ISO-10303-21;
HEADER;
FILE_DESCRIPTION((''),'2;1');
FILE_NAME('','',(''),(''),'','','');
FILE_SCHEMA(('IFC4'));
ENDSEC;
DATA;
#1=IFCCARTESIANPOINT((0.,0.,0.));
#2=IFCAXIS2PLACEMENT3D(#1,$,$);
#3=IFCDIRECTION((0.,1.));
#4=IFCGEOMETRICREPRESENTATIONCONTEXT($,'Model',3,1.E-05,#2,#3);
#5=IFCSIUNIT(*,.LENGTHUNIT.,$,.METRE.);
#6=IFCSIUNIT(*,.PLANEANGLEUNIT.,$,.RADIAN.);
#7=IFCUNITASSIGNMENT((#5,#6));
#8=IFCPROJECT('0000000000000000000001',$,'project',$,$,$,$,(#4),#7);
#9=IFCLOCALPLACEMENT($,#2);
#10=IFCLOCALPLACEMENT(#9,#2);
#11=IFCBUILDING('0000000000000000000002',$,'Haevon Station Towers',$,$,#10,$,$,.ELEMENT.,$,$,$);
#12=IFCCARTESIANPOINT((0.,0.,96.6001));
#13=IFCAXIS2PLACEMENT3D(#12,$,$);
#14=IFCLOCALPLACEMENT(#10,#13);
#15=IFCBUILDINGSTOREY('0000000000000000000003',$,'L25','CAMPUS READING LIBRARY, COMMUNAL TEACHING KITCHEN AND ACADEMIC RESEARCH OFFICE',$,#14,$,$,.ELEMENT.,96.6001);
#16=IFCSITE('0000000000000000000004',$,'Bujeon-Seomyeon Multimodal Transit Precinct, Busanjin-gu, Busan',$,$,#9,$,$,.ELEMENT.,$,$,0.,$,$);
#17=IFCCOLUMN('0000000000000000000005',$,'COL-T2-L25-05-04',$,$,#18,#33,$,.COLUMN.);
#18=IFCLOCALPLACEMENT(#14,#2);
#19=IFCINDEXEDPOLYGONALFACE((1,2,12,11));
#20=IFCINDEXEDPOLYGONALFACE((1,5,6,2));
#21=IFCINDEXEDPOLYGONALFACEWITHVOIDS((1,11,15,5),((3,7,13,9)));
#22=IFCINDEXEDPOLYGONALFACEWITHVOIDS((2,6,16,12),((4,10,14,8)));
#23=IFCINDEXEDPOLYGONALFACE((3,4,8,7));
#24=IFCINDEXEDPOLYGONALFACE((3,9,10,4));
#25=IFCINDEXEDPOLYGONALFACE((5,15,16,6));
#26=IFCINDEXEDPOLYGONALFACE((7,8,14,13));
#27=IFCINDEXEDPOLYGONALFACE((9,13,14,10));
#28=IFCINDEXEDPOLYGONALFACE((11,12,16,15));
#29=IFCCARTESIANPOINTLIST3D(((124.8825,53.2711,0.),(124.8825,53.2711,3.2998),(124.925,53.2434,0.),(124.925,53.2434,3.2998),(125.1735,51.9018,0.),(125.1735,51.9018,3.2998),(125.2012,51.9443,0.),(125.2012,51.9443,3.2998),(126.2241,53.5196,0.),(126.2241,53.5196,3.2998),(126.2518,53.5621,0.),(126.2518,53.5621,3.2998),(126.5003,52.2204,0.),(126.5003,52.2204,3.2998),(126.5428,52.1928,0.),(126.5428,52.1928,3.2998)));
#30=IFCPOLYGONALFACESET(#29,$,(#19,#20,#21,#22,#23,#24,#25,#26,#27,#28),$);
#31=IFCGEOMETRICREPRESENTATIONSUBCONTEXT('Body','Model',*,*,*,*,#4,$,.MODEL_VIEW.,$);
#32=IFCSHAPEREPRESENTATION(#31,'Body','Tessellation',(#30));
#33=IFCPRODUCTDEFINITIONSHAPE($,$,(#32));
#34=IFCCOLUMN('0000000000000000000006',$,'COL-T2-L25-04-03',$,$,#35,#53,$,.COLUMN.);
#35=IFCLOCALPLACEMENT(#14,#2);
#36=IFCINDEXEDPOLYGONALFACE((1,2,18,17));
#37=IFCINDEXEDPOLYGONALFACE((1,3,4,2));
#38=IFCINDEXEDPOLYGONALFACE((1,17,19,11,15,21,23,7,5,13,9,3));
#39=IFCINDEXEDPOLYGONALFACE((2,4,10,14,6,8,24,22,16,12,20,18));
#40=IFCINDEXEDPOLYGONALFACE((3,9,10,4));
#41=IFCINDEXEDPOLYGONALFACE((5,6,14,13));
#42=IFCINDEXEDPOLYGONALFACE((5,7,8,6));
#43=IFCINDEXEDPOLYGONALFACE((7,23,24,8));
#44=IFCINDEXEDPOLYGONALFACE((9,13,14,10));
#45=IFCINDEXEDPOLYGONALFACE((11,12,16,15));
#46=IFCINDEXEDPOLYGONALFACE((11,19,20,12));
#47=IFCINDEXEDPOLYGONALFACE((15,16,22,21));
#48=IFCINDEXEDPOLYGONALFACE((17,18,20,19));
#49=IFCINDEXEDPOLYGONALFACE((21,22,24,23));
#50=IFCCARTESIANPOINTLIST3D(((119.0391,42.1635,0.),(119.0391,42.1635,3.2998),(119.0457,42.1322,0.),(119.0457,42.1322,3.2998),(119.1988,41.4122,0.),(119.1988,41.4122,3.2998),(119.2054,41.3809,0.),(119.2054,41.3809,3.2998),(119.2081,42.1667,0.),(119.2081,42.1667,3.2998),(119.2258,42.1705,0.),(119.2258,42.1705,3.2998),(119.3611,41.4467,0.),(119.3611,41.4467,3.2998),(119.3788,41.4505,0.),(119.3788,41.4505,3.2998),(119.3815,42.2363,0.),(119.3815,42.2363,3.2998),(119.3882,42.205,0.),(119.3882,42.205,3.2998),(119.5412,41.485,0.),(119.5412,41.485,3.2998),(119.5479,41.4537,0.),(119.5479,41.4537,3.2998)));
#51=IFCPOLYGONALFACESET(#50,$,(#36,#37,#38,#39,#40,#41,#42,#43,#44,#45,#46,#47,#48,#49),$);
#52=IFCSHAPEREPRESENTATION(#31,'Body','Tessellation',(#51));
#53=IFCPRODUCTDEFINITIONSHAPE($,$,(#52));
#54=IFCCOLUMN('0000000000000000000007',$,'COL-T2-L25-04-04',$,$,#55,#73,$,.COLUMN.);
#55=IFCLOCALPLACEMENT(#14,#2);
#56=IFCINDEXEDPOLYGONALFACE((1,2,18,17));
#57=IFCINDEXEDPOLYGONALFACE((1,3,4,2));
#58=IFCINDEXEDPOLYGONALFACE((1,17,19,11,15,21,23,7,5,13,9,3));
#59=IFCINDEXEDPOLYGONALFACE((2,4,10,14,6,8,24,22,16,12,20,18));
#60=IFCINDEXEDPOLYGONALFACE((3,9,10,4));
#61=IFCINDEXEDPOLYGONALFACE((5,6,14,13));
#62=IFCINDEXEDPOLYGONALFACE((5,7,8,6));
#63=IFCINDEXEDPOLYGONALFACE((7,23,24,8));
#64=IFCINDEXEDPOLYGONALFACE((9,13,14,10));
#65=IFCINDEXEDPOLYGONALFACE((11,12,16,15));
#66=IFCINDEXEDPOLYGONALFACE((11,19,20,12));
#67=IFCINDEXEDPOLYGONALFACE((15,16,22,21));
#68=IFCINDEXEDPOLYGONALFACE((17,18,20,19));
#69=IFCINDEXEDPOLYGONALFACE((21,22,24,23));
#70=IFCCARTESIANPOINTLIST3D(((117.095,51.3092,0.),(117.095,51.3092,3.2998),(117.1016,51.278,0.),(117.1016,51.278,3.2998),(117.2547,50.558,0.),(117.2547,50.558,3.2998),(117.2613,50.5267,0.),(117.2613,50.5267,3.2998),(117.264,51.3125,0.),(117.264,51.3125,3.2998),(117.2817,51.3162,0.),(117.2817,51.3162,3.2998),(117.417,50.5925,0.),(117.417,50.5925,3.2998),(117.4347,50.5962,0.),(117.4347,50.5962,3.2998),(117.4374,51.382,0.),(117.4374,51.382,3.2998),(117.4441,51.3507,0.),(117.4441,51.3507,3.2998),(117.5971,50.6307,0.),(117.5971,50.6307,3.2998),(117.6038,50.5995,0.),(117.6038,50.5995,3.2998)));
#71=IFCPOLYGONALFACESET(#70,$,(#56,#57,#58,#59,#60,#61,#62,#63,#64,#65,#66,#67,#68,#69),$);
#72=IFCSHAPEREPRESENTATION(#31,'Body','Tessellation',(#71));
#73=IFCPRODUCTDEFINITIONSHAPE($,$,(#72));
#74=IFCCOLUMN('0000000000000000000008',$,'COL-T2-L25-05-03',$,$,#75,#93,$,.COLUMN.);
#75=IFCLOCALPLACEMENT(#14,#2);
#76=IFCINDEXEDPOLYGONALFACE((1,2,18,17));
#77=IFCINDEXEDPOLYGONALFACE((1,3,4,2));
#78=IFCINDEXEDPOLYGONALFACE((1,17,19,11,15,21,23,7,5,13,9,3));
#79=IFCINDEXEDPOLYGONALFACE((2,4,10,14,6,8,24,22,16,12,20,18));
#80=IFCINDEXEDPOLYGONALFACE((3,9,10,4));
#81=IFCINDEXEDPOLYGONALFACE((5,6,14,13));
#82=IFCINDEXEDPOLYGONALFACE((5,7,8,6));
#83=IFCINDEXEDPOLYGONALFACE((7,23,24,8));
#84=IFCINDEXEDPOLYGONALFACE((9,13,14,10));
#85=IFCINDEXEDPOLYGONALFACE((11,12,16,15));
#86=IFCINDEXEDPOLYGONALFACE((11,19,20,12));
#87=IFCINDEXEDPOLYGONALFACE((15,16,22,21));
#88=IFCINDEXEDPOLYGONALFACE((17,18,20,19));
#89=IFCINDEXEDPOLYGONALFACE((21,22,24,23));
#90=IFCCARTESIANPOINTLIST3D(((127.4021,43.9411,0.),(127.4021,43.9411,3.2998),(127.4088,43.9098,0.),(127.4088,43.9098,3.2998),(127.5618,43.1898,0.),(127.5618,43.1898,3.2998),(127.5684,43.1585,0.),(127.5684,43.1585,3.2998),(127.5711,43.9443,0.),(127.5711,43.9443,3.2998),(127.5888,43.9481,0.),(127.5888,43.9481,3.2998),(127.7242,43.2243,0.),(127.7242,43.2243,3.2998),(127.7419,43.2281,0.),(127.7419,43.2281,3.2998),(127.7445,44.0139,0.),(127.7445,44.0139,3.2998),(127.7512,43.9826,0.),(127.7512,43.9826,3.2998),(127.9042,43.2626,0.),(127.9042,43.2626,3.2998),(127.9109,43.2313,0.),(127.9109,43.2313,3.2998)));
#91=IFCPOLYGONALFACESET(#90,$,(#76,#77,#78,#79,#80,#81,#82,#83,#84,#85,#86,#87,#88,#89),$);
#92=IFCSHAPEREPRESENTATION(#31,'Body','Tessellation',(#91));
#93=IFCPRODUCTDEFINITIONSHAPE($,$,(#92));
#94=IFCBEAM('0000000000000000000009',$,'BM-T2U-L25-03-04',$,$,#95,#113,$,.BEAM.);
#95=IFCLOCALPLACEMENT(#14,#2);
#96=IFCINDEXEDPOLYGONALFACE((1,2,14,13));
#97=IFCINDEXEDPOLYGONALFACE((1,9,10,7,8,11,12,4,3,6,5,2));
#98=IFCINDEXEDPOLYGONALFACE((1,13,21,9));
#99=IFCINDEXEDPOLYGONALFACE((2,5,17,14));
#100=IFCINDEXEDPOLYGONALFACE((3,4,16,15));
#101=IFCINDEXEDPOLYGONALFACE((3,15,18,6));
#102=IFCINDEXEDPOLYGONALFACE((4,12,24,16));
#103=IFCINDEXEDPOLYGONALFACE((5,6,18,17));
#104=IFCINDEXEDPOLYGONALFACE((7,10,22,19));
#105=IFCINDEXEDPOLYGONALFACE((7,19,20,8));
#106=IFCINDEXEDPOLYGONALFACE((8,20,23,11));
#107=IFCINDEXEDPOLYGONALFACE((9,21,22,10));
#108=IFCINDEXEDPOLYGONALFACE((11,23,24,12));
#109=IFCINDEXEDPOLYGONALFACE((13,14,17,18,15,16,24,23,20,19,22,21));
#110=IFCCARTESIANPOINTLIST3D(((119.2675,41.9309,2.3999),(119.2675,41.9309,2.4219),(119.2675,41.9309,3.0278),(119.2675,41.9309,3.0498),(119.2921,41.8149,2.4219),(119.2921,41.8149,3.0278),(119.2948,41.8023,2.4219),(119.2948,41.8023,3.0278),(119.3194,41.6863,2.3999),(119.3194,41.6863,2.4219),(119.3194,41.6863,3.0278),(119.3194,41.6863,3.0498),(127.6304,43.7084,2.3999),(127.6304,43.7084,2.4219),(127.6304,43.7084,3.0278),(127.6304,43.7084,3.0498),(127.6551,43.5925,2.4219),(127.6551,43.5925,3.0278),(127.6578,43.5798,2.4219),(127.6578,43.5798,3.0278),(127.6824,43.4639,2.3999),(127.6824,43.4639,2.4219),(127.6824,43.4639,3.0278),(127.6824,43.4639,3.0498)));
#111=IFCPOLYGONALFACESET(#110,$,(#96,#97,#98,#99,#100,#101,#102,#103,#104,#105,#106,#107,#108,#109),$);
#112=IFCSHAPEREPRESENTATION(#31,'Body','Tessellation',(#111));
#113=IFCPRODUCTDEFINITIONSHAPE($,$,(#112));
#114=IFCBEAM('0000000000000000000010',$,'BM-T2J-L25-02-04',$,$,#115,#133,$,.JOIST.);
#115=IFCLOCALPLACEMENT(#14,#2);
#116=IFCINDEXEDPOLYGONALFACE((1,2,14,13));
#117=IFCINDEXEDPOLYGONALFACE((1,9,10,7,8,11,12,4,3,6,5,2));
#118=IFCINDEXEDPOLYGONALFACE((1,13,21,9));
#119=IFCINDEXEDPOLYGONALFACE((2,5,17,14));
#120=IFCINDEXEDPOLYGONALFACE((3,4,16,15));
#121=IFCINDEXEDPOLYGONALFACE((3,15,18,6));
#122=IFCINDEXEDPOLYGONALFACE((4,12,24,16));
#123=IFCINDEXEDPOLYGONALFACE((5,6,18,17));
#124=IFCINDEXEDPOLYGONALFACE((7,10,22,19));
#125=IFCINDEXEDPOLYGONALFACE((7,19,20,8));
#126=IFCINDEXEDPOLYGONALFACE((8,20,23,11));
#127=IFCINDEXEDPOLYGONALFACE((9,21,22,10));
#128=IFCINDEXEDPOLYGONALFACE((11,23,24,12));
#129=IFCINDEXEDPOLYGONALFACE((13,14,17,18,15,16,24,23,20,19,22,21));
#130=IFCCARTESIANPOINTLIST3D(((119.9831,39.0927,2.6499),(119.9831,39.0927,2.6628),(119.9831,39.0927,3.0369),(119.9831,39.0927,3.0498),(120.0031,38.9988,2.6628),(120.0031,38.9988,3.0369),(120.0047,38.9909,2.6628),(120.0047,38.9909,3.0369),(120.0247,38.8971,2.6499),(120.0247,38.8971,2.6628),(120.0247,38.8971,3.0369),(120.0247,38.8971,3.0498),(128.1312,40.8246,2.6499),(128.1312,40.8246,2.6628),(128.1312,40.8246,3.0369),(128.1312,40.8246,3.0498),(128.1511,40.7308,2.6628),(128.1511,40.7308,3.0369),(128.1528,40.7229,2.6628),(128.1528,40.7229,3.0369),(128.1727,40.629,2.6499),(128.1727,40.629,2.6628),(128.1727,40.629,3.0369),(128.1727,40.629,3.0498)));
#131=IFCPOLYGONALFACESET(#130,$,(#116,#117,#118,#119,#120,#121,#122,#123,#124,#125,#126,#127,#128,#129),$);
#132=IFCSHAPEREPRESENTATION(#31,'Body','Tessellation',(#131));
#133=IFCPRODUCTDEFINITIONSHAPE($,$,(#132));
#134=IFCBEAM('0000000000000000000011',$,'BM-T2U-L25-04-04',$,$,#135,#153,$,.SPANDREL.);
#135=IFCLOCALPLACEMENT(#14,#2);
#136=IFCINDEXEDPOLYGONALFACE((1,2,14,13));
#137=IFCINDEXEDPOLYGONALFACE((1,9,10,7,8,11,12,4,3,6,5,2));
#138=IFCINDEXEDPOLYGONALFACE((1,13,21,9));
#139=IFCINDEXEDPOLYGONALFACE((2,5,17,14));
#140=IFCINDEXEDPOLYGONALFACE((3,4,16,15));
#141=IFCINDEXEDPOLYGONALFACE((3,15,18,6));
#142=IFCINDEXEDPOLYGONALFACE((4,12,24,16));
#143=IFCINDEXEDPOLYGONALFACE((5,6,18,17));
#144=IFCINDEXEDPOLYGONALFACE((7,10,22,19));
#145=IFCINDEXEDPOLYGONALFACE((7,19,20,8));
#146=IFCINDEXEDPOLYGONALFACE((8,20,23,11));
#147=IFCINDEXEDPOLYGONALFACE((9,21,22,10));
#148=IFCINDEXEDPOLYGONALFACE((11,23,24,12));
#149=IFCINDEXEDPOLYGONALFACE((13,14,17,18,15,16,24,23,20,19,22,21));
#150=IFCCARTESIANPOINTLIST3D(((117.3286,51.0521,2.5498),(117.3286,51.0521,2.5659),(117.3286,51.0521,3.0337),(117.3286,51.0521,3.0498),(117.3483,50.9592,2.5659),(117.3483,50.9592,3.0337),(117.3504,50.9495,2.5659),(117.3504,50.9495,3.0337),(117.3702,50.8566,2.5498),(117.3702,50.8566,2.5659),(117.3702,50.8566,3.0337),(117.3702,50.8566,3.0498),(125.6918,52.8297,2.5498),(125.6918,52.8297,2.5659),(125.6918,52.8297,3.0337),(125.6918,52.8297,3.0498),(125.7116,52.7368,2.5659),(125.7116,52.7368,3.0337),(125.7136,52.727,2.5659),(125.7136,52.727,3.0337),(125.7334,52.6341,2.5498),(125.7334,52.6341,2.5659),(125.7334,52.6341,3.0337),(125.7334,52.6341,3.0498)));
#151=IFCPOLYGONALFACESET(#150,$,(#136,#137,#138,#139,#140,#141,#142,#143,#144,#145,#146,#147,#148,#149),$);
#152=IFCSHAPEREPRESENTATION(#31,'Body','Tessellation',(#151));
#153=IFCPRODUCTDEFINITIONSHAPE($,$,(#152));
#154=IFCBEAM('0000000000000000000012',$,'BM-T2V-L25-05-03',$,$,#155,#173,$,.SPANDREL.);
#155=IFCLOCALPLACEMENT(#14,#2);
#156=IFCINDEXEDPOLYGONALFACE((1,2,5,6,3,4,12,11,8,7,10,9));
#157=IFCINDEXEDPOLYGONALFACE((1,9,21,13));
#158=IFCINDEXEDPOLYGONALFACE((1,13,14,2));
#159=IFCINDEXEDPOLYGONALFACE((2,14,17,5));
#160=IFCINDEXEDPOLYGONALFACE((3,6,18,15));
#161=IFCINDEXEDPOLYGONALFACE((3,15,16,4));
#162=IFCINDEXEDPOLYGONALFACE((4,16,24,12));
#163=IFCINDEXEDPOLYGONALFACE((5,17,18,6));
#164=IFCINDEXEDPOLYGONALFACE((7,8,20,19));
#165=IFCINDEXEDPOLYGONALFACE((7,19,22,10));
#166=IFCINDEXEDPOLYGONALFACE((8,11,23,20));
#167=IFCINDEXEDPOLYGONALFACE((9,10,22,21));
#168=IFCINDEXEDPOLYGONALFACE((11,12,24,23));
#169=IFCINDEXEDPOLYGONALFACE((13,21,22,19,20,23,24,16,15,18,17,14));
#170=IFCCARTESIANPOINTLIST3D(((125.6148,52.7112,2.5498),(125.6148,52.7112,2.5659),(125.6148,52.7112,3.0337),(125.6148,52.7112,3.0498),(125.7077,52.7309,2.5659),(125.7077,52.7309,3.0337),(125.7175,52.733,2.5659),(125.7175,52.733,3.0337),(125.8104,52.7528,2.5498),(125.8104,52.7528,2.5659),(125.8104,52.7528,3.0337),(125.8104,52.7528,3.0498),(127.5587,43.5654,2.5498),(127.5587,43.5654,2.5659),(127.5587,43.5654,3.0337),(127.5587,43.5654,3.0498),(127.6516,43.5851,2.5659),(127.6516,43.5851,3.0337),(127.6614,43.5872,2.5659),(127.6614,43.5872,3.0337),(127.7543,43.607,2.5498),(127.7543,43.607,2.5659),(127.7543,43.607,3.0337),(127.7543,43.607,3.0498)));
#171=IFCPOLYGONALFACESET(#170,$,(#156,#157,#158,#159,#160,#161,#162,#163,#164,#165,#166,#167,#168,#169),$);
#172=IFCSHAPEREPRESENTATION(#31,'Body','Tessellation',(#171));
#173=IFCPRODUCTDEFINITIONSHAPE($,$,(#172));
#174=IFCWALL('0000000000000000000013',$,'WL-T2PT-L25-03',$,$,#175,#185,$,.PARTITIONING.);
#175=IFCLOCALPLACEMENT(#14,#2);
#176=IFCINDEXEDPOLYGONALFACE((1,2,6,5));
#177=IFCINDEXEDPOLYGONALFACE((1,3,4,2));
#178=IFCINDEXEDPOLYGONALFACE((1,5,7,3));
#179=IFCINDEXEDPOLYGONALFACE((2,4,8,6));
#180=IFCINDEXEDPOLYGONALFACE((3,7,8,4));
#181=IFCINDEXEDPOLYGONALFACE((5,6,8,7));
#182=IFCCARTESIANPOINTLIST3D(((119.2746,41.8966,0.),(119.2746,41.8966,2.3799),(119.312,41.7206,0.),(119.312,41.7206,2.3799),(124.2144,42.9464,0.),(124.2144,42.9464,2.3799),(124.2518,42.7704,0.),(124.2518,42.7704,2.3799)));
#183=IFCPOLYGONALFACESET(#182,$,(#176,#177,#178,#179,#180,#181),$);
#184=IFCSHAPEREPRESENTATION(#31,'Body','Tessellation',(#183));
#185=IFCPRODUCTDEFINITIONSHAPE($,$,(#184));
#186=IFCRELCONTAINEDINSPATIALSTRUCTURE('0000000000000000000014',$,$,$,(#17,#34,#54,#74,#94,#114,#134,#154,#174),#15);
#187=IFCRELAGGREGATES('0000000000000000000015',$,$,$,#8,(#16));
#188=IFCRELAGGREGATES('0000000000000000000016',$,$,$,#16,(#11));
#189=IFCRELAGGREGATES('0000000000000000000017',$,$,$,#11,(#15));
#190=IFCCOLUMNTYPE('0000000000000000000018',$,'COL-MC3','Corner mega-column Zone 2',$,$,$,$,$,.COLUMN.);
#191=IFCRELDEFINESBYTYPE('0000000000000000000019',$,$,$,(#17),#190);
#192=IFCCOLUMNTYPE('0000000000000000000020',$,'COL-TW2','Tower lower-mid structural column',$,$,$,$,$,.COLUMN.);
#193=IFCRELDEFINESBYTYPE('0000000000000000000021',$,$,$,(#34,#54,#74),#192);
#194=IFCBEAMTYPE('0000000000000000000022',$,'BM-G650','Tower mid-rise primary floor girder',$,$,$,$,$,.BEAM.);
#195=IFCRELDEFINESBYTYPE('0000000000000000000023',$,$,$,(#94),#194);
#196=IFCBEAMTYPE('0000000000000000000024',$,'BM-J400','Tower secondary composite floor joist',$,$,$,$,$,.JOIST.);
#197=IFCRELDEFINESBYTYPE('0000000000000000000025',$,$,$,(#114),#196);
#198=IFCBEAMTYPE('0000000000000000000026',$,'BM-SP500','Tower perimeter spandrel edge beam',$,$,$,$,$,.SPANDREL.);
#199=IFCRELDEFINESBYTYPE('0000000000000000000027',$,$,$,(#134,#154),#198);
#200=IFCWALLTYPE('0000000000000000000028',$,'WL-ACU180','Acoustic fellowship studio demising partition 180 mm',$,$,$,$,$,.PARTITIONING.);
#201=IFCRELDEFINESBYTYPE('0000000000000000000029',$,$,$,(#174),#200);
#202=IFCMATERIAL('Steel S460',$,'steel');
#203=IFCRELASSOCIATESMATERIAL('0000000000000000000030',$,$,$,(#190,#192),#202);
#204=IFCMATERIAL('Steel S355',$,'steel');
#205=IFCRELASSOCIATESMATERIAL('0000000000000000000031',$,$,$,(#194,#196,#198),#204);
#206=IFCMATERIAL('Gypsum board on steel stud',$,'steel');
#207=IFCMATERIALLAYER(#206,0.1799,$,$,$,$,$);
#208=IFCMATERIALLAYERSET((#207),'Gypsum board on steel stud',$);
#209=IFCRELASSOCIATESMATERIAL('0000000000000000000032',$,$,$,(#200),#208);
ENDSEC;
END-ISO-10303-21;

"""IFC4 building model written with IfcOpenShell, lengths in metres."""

from ifc_helpers import new_model, si_unit, direction, frame, frame_2d, origin, origin_2d, place, context, subcontext, project, spatial, rectangle, hollow_rectangle, i_section, extrude, material, layer, layer_set, material_profile, profile_set, type_object, element, save


model = new_model("IFC4")

# Units and contexts
model_context = context("Model", 3, precision=1e-05, world=origin(), true_north=direction((0.0, 1.0)))
body_context = subcontext(model_context, "Body", "Model", "MODEL_VIEW")
ifc_project = project(units=[si_unit("LENGTHUNIT", "METRE"), si_unit("PLANEANGLEUNIT", "RADIAN")], contexts=[model_context])

# Site, building, storey
site_placement = place(None, origin())
site = spatial("IfcSite", under=ifc_project, at=site_placement, Name="Bujeon-Seomyeon Multimodal Transit Precinct, Busanjin-gu, Busan", CompositionType="ELEMENT", RefElevation=0.0)
building_placement = place(site_placement, origin())
building = spatial("IfcBuilding", under=site, at=building_placement, Name="Haevon Station Towers", CompositionType="ELEMENT")
storey_placement = place(building_placement, frame((0.0, 0.0, 96.6001)))
storey = spatial("IfcBuildingStorey", under=building, at=storey_placement, Name="L25", Description="CAMPUS READING LIBRARY, COMMUNAL TEACHING KITCHEN AND ACADEMIC RESEARCH OFFICE", CompositionType="ELEMENT", Elevation=96.6001)

# Columns
ifc_material_1 = material(Name="Steel S460", Category="steel")
ifc_material_profile_1 = material_profile(ifc_material_1, hollow_rectangle(XDim=1.3999, YDim=1.3999, WallThickness=0.0359, at=origin_2d()), Name="BOX-1400x1400x36")
ifc_profile_set_1 = profile_set([ifc_material_profile_1], Name="Steel S460")
column_type_1 = type_object("IfcColumnType", Name="COL-MC3", Description="Corner mega-column Zone 2", PredefinedType="COLUMN", material=ifc_profile_set_1)
column_placement = place(storey_placement, frame((125.7126, 52.7319, 0.0), z_axis=(0.0, 0.0, 1.0), x_axis=(0.978148, 0.207912, 0.0)))
element("IfcColumn", 1, at=column_placement, inside=storey, type_object=column_type_1, Name="COL-T2-L25-05-04", PredefinedType="COLUMN", context=body_context, shape_type="SweptSolid", body=[
    extrude(hollow_rectangle(XDim=1.3999, YDim=1.3999, WallThickness=0.0359, at=origin_2d()), origin(), (0.0, 0.0, 1.0), 3.2998),
])
ifc_material_profile_2 = material_profile(ifc_material_1, i_section(OverallWidth=0.3501, OverallDepth=0.8, WebThickness=0.0181, FlangeThickness=0.032, at=origin_2d()), Name="H-800x350x18x32")
ifc_profile_set_2 = profile_set([ifc_material_profile_2], Name="Steel S460")
column_type_2 = type_object("IfcColumnType", Name="COL-TW2", Description="Tower lower-mid structural column", PredefinedType="COLUMN", material=ifc_profile_set_2)
for number, where, z_axis, x_axis, name in (
    (2, (119.2935, 41.8086, 0.0), (0.0, 0.0, 1.0), (0.978148, 0.207912, 0.0), "COL-T2-L25-04-03"),
    (3, (117.3494, 50.9543, 0.0), (0.0, 0.0, 1.0), (0.978148, 0.207912, 0.0), "COL-T2-L25-04-04"),
    (4, (127.6565, 43.5862, 0.0), (0.0, 0.0, 1.0), (0.978148, 0.207912, 0.0), "COL-T2-L25-05-03"),
):
    element("IfcColumn", number, at=place(storey_placement, frame(where, z_axis=z_axis, x_axis=x_axis)), inside=storey, type_object=column_type_2, Name=name, PredefinedType="COLUMN", context=body_context, shape_type="SweptSolid", body=[
        extrude(i_section(OverallWidth=0.3501, OverallDepth=0.8, WebThickness=0.0181, FlangeThickness=0.032, at=origin_2d()), origin(), (0.0, 0.0, 1.0), 3.2998),
    ])

# Beams
ifc_material_2 = material(Name="Steel S355", Category="steel")
ifc_material_profile_3 = material_profile(ifc_material_2, i_section(OverallWidth=0.25, OverallDepth=0.6499, WebThickness=0.0129, FlangeThickness=0.022, at=origin_2d()), Name="H-650x250x13x22")
ifc_profile_set_3 = profile_set([ifc_material_profile_3], Name="Steel S355")
beam_type_1 = type_object("IfcBeamType", Name="BM-G650", Description="Tower mid-rise primary floor girder", PredefinedType="BEAM", material=ifc_profile_set_3)
beam_1_placement = place(storey_placement, frame((119.2935, 41.8086, 2.7249), z_axis=(0.978148, 0.207908, 0.0), x_axis=(-0.207908, 0.978148, 0.0)))
element("IfcBeam", 5, at=beam_1_placement, inside=storey, type_object=beam_type_1, Name="BM-T2U-L25-03-04", PredefinedType="BEAM", context=body_context, shape_type="SweptSolid", body=[
    extrude(i_section(OverallWidth=0.25, OverallDepth=0.6499, WebThickness=0.0129, FlangeThickness=0.022, at=origin_2d()), origin(), (0.0, 0.0, 1.0), 8.5498),
])
ifc_material_profile_4 = material_profile(ifc_material_2, i_section(OverallWidth=0.2, OverallDepth=0.3999, WebThickness=0.0081, FlangeThickness=0.0129, at=origin_2d()), Name="H-400x200x8x13")
ifc_profile_set_4 = profile_set([ifc_material_profile_4], Name="Steel S355")
beam_type_2 = type_object("IfcBeamType", Name="BM-J400", Description="Tower secondary composite floor joist", PredefinedType="JOIST", material=ifc_profile_set_4)
beam_2_placement = place(storey_placement, frame((120.0039, 38.9949, 2.8499), z_axis=(0.978147, 0.207916, 0.0), x_axis=(-0.207916, 0.978147, 0.0)))
element("IfcBeam", 6, at=beam_2_placement, inside=storey, type_object=beam_type_2, Name="BM-T2J-L25-02-04", PredefinedType="JOIST", context=body_context, shape_type="SweptSolid", body=[
    extrude(i_section(OverallWidth=0.2, OverallDepth=0.3999, WebThickness=0.0081, FlangeThickness=0.0129, at=origin_2d()), origin(), (0.0, 0.0, 1.0), 8.3301),
])
ifc_material_profile_5 = material_profile(ifc_material_2, i_section(OverallWidth=0.2, OverallDepth=0.5, WebThickness=0.01, FlangeThickness=0.0161, at=origin_2d()), Name="H-500x200x10x16")
ifc_profile_set_5 = profile_set([ifc_material_profile_5], Name="Steel S355")
beam_type_3 = type_object("IfcBeamType", Name="BM-SP500", Description="Tower perimeter spandrel edge beam", PredefinedType="SPANDREL", material=ifc_profile_set_5)
beam_3_placement = place(storey_placement, frame((117.3494, 50.9543, 2.7998), z_axis=(0.97815, 0.207902, 0.0), x_axis=(-0.207902, 0.97815, 0.0)))
element("IfcBeam", 7, at=beam_3_placement, inside=storey, type_object=beam_type_3, Name="BM-T2U-L25-04-04", PredefinedType="SPANDREL", context=body_context, shape_type="SweptSolid", body=[
    extrude(i_section(OverallWidth=0.2, OverallDepth=0.5, WebThickness=0.01, FlangeThickness=0.0161, at=origin_2d()), origin(), (0.0, 0.0, 1.0), 8.55),
])
beam_4_placement = place(storey_placement, frame((127.6565, 43.5862, 2.7998), z_axis=(-0.207897, 0.978151, 0.0), x_axis=(-0.978151, -0.207897, 0.0)))
element("IfcBeam", 8, at=beam_4_placement, inside=storey, type_object=beam_type_3, Name="BM-T2V-L25-05-03", PredefinedType="SPANDREL", context=body_context, shape_type="SweptSolid", body=[
    extrude(i_section(OverallWidth=0.2, OverallDepth=0.5, WebThickness=0.01, FlangeThickness=0.0161, at=origin_2d()), origin(), (0.0, 0.0, 1.0), 9.3501),
])

# Wall
ifc_material_3 = material(Name="Gypsum board on steel stud", Category="steel")
ifc_layer_1 = layer(ifc_material_3, 0.1799)
ifc_layer_set_1 = layer_set([ifc_layer_1], Name="Gypsum board on steel stud")
wall_type_1 = type_object("IfcWallType", Name="WL-ACU180", Description="Acoustic fellowship studio demising partition 180 mm", PredefinedType="PARTITIONING", material=ifc_layer_set_1)
wall_1_placement = place(storey_placement, frame((119.2935, 41.8086, 0.0), z_axis=(0.0, 0.0, 1.0), x_axis=(0.978154, 0.207881, 0.0)))
element("IfcWall", 9, at=wall_1_placement, inside=storey, type_object=wall_type_1, Name="WL-T2PT-L25-03", PredefinedType="PARTITIONING", context=body_context, shape_type="SweptSolid", body=[
    extrude(rectangle(XDim=5.05, YDim=0.1799, at=frame_2d((2.5249, 0.0))), origin(), (0.0, 0.0, 1.0), 2.3799),
])

save(model, "model.ifc")
